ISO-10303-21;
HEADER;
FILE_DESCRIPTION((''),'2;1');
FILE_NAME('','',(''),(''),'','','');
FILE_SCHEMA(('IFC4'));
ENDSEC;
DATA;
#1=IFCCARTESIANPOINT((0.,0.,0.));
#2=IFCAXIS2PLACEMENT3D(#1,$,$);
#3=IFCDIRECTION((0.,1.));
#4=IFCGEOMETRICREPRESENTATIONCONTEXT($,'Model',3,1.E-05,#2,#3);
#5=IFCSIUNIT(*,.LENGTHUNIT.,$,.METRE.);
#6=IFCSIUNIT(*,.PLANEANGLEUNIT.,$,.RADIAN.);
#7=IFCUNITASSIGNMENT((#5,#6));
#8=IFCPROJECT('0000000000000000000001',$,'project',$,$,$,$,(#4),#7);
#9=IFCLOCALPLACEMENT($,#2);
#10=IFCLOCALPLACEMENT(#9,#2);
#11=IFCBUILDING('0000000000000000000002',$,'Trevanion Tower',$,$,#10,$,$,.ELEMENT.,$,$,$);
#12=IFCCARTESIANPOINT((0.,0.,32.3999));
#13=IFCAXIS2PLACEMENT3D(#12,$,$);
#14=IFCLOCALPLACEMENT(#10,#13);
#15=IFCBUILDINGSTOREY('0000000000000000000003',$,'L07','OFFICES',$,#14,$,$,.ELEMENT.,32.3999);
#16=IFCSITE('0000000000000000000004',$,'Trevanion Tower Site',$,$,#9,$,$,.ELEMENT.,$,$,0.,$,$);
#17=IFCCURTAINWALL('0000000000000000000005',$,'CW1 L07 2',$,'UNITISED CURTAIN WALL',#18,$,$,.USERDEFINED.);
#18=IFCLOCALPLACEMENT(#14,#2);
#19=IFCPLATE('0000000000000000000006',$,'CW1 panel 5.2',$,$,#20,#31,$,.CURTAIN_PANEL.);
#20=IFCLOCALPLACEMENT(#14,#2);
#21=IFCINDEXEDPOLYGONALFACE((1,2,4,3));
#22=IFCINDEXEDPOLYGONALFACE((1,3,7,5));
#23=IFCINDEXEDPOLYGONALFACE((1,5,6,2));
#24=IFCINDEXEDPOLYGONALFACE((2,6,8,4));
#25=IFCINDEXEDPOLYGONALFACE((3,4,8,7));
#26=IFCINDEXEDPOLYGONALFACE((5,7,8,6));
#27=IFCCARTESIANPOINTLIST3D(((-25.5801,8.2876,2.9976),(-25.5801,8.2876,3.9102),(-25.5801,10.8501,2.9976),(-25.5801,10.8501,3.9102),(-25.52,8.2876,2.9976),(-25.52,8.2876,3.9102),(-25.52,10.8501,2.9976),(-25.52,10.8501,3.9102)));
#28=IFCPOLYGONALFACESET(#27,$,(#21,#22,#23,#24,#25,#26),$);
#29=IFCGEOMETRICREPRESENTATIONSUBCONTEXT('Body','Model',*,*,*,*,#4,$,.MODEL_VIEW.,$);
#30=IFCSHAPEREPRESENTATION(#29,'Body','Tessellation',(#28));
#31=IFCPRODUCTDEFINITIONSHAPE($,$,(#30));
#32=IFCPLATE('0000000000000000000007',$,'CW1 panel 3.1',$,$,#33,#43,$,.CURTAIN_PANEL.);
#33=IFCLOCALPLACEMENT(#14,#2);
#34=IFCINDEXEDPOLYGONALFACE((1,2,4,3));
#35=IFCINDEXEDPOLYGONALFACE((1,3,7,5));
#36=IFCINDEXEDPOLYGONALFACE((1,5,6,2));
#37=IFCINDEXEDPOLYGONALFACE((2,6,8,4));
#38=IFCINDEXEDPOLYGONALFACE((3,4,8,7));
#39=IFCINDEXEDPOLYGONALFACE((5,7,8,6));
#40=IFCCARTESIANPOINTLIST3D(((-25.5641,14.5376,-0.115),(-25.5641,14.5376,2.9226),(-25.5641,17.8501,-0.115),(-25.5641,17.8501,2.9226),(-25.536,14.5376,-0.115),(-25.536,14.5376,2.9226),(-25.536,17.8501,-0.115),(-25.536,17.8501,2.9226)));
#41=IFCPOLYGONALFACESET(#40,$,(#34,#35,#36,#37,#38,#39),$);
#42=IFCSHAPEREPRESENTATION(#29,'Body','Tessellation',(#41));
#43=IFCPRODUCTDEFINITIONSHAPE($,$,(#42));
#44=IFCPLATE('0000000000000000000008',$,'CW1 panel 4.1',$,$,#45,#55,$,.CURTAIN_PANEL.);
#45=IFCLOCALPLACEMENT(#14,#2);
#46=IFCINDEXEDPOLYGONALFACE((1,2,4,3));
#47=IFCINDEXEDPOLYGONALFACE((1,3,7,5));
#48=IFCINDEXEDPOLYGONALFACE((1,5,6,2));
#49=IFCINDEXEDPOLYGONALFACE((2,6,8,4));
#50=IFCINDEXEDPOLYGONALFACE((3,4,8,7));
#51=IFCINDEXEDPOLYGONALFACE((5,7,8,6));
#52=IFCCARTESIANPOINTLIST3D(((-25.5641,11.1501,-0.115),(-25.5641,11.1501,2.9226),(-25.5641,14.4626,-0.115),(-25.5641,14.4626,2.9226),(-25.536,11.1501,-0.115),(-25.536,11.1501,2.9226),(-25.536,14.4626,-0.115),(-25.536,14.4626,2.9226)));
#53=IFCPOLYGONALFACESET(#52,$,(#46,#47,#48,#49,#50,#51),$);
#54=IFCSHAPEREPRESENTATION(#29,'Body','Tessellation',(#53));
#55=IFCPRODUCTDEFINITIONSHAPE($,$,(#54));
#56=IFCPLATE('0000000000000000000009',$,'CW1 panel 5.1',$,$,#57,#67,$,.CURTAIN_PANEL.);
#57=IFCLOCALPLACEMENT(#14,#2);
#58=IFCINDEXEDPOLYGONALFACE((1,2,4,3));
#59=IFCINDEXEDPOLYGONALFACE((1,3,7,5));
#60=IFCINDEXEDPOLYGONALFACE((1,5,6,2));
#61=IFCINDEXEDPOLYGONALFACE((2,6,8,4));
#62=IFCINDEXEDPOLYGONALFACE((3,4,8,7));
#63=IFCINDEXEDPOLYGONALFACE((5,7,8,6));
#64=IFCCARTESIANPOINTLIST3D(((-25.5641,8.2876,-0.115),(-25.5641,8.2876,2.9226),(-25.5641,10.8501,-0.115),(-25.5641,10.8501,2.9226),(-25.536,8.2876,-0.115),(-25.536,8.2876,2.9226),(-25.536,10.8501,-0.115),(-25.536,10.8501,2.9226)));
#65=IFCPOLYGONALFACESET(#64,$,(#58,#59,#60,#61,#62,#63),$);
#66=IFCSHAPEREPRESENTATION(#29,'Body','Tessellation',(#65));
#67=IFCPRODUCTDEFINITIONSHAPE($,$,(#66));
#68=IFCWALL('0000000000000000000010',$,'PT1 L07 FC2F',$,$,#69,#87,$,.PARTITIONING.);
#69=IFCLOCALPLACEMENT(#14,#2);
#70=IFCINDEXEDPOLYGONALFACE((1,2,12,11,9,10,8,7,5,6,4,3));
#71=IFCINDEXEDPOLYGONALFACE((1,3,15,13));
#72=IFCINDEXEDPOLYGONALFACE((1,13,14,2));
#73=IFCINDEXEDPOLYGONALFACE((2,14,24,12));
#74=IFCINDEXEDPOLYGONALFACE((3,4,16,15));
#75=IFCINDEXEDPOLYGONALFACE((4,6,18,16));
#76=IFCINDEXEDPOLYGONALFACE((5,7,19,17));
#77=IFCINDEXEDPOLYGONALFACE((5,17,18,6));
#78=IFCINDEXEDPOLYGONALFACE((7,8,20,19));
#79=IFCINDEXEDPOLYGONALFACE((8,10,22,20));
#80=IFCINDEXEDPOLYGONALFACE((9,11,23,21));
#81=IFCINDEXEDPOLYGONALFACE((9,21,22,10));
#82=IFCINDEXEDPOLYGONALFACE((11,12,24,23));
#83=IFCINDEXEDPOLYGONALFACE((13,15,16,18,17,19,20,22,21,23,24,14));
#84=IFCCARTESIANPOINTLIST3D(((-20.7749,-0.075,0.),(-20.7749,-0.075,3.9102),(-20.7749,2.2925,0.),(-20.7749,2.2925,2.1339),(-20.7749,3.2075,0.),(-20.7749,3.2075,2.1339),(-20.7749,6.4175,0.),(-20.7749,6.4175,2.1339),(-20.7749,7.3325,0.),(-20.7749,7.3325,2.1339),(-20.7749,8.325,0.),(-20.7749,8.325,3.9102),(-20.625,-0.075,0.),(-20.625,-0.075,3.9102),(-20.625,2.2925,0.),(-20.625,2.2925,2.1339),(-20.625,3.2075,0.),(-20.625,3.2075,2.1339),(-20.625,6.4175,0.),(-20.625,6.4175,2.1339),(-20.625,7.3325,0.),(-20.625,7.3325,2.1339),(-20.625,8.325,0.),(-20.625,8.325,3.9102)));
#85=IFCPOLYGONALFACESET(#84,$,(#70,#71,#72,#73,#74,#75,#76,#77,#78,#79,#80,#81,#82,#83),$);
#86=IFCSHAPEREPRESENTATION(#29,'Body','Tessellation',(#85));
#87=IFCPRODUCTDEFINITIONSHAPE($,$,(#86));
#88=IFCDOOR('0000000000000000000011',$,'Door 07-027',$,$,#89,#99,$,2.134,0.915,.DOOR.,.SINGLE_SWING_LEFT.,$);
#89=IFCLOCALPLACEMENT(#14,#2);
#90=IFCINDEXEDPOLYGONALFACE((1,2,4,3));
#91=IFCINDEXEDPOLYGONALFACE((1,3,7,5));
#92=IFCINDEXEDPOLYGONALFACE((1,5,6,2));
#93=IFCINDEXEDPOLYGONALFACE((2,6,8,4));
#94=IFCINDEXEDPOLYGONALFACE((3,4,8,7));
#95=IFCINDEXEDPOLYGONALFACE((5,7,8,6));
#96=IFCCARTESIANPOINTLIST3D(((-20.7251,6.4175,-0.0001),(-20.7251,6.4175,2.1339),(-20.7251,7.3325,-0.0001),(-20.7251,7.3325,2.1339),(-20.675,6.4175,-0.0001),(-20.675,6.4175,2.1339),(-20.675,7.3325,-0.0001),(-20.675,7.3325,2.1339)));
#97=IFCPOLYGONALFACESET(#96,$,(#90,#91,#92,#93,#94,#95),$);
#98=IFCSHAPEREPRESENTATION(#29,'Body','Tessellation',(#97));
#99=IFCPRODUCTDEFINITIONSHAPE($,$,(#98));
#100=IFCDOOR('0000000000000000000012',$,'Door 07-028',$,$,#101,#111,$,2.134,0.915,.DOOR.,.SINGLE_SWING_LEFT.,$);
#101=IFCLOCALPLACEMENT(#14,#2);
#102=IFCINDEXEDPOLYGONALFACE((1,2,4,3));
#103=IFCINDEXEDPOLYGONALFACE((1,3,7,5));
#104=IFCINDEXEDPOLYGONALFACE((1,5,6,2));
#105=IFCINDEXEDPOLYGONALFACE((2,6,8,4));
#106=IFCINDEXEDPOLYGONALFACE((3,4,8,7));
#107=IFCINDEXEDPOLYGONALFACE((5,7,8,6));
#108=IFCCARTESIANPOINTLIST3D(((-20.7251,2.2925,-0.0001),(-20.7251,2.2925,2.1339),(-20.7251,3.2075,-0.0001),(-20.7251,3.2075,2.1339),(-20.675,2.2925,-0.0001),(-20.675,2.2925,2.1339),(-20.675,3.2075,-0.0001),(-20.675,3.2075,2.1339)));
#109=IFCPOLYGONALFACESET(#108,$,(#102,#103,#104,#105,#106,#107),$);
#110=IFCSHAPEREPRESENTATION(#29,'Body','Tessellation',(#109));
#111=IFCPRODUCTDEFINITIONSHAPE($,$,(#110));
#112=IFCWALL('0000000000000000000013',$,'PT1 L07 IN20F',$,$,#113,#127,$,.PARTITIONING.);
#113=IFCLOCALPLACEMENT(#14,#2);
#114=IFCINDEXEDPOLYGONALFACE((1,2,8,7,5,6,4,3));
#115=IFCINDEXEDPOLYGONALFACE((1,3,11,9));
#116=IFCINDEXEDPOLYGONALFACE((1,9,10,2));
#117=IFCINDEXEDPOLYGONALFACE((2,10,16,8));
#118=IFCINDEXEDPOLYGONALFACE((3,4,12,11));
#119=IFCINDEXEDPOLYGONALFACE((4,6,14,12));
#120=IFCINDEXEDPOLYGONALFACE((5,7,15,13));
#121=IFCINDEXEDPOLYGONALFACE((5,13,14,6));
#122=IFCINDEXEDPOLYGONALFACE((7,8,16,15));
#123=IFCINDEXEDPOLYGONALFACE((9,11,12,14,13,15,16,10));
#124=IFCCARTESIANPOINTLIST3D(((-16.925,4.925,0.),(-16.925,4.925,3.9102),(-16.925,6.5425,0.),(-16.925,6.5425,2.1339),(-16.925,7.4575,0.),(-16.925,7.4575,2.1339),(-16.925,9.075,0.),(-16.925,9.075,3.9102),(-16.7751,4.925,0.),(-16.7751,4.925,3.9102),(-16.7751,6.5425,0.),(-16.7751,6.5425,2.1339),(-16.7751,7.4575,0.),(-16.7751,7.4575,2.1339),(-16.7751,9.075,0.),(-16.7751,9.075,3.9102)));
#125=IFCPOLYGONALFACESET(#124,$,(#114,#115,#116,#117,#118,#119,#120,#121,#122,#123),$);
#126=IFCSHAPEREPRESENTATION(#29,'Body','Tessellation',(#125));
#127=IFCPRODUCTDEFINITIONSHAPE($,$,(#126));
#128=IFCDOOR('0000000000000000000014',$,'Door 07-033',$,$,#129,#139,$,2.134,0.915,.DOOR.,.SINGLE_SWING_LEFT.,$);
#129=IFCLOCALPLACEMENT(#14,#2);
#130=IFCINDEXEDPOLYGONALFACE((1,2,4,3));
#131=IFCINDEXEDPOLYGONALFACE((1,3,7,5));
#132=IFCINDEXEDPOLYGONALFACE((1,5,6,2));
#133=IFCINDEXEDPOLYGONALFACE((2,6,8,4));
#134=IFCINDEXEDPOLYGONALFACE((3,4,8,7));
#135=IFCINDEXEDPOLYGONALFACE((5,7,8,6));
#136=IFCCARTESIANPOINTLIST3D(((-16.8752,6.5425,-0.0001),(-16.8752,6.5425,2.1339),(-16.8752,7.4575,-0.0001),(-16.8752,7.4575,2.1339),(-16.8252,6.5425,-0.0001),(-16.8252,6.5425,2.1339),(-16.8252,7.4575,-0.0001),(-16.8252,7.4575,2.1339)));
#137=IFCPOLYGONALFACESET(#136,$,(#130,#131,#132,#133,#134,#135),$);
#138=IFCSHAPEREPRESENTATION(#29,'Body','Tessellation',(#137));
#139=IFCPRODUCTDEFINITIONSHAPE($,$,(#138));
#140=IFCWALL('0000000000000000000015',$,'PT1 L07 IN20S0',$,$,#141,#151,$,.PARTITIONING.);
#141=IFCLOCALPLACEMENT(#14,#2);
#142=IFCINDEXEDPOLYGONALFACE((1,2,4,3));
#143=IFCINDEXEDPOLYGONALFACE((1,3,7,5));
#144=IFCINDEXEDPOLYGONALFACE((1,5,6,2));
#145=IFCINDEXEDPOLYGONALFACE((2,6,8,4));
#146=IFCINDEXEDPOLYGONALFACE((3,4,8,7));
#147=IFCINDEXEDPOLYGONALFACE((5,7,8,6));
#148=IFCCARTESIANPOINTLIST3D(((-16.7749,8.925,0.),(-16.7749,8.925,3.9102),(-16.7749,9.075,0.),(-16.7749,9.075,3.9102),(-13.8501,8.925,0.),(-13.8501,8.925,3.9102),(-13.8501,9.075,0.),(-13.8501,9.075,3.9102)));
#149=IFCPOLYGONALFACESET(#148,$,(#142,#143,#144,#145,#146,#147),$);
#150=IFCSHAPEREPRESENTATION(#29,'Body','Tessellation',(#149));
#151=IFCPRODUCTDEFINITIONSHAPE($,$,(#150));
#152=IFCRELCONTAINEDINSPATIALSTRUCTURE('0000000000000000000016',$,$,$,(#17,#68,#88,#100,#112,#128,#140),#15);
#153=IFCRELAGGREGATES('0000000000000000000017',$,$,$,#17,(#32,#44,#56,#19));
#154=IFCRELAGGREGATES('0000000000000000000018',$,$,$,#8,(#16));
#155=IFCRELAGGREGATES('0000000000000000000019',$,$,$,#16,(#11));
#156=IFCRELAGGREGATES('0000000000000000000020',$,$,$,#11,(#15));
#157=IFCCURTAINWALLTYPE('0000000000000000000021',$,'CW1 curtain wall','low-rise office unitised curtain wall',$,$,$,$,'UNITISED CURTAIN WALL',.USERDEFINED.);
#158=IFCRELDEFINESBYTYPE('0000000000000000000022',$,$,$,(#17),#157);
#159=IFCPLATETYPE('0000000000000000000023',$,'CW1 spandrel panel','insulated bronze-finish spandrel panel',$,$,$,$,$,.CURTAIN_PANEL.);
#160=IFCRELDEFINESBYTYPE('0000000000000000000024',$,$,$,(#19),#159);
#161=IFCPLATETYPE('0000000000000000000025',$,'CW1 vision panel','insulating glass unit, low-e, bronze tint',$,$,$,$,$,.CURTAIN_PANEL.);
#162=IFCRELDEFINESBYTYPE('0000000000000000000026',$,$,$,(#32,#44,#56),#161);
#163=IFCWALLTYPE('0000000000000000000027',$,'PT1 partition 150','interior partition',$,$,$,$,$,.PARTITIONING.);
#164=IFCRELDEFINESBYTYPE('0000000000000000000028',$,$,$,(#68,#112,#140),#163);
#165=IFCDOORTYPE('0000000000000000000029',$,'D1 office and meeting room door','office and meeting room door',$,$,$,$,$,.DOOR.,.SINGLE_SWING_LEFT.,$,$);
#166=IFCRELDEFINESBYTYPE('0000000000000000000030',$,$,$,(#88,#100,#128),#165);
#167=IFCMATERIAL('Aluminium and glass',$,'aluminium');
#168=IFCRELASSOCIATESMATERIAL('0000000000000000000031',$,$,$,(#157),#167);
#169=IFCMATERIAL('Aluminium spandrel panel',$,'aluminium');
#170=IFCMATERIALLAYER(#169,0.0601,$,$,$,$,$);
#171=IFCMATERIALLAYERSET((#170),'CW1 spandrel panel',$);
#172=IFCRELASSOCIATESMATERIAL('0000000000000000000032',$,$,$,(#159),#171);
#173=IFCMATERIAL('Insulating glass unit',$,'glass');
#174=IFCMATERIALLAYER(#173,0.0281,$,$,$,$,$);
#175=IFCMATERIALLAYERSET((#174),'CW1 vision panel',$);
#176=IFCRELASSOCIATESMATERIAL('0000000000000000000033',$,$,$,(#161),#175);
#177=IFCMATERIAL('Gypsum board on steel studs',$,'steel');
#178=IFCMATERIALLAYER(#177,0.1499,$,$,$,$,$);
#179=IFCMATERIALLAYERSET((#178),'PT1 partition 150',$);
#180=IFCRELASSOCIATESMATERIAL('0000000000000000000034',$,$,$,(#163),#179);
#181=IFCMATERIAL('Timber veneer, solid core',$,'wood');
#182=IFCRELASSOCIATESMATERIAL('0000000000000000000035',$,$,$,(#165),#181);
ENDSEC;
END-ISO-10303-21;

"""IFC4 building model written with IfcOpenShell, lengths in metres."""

from ifc_helpers import new_model, si_unit, direction, frame, frame_2d, origin, origin_2d, place, context, subcontext, project, spatial, rectangle, extrude, material, layer, layer_set, type_object, element, fill, aggregate, save


model = new_model("IFC4")

# Units and contexts
model_context = context("Model", 3, precision=1e-05, world=origin(), true_north=direction((0.0, 1.0)))
body_context = subcontext(model_context, "Body", "Model", "MODEL_VIEW")
ifc_project = project(units=[si_unit("LENGTHUNIT", "METRE"), si_unit("PLANEANGLEUNIT", "RADIAN")], contexts=[model_context])

# Site, building, storey
site_placement = place(None, origin())
site = spatial("IfcSite", under=ifc_project, at=site_placement, Name="Trevanion Tower Site", CompositionType="ELEMENT", RefElevation=0.0)
building_placement = place(site_placement, origin())
building = spatial("IfcBuilding", under=site, at=building_placement, Name="Trevanion Tower", CompositionType="ELEMENT")
storey_placement = place(building_placement, frame((0.0, 0.0, 32.3999)))
storey = spatial("IfcBuildingStorey", under=building, at=storey_placement, Name="L07", Description="OFFICES", CompositionType="ELEMENT", Elevation=32.3999)

# Curtain wall
ifc_material_1 = material(Name="Aluminium and glass", Category="aluminium")
curtain_wall_type = type_object("IfcCurtainWallType", Name="CW1 curtain wall", Description="low-rise office unitised curtain wall", ElementType="UNITISED CURTAIN WALL", PredefinedType="USERDEFINED", material=ifc_material_1)
curtain_wall_placement = place(storey_placement, origin())
curtain_wall = element("IfcCurtainWall", 1, at=curtain_wall_placement, inside=storey, type_object=curtain_wall_type, Name="CW1 L07 2", ObjectType="UNITISED CURTAIN WALL", PredefinedType="USERDEFINED")

# Plates
ifc_material_2 = material(Name="Aluminium spandrel panel", Category="aluminium")
ifc_layer_1 = layer(ifc_material_2, 0.0601)
ifc_layer_set_1 = layer_set([ifc_layer_1], Name="CW1 spandrel panel")
plate_type_1 = type_object("IfcPlateType", Name="CW1 spandrel panel", Description="insulated bronze-finish spandrel panel", PredefinedType="CURTAIN_PANEL", material=ifc_layer_set_1)
plate_1_placement = place(storey_placement, frame((-25.55, 9.5688, 2.9976), z_axis=(0.0, 0.0, 1.0), x_axis=(0.0, -1.0, 0.0)))
plate_1 = element("IfcPlate", 2, at=plate_1_placement, type_object=plate_type_1, Name="CW1 panel 5.2", PredefinedType="CURTAIN_PANEL", context=body_context, shape_type="SweptSolid", body=[
    extrude(rectangle(XDim=2.5625, YDim=0.0601, at=origin_2d()), origin(), (0.0, 0.0, 1.0), 0.9126),
])
ifc_material_3 = material(Name="Insulating glass unit", Category="glass")
ifc_layer_2 = layer(ifc_material_3, 0.0281)
ifc_layer_set_2 = layer_set([ifc_layer_2], Name="CW1 vision panel")
plate_type_2 = type_object("IfcPlateType", Name="CW1 vision panel", Description="insulating glass unit, low-e, bronze tint", PredefinedType="CURTAIN_PANEL", material=ifc_layer_set_2)
plate_2_placement = place(storey_placement, frame((-25.55, 16.1938, -0.115), z_axis=(0.0, 0.0, 1.0), x_axis=(0.0, -1.0, 0.0)))
plate_2 = element("IfcPlate", 3, at=plate_2_placement, type_object=plate_type_2, Name="CW1 panel 3.1", PredefinedType="CURTAIN_PANEL", context=body_context, shape_type="SweptSolid", body=[
    extrude(rectangle(XDim=3.3125, YDim=0.0281, at=origin_2d()), origin(), (0.0, 0.0, 1.0), 3.0376),
])
plate_3_placement = place(storey_placement, frame((-25.55, 12.8064, -0.115), z_axis=(0.0, 0.0, 1.0), x_axis=(0.0, -1.0, 0.0)))
plate_3 = element("IfcPlate", 4, at=plate_3_placement, type_object=plate_type_2, Name="CW1 panel 4.1", PredefinedType="CURTAIN_PANEL", context=body_context, shape_type="SweptSolid", body=[
    extrude(rectangle(XDim=3.3125, YDim=0.0281, at=origin_2d()), origin(), (0.0, 0.0, 1.0), 3.0376),
])
plate_4_placement = place(storey_placement, frame((-25.55, 9.5688, -0.115), z_axis=(0.0, 0.0, 1.0), x_axis=(0.0, -1.0, 0.0)))
plate_4 = element("IfcPlate", 5, at=plate_4_placement, type_object=plate_type_2, Name="CW1 panel 5.1", PredefinedType="CURTAIN_PANEL", context=body_context, shape_type="SweptSolid", body=[
    extrude(rectangle(XDim=2.5625, YDim=0.0281, at=origin_2d()), origin(), (0.0, 0.0, 1.0), 3.0376),
])
aggregate(curtain_wall, [plate_2, plate_3, plate_4, plate_1])

# Wall, openings, doors
ifc_material_4 = material(Name="Gypsum board on steel studs", Category="steel")
ifc_layer_3 = layer(ifc_material_4, 0.1499)
ifc_layer_set_3 = layer_set([ifc_layer_3], Name="PT1 partition 150")
wall_type = type_object("IfcWallType", Name="PT1 partition 150", Description="interior partition", PredefinedType="PARTITIONING", material=ifc_layer_set_3)
wall_1_placement = place(storey_placement, frame((-20.7, 8.325, 0.0), z_axis=(0.0, 0.0, 1.0), x_axis=(0.0, -1.0, 0.0)))
wall_1 = element("IfcWall", 6, at=wall_1_placement, inside=storey, type_object=wall_type, Name="PT1 L07 FC2F", PredefinedType="PARTITIONING", context=body_context, shape_type="SweptSolid", body=[
    extrude(rectangle(XDim=8.3999, YDim=0.1499, at=frame_2d((4.2, 0.0))), origin(), (0.0, 0.0, 1.0), 3.9102),
])
opening_1_placement = place(wall_1_placement, frame((0.9924, 0.0, 0.0)))
opening_1 = element("IfcOpeningElement", 7, at=opening_1_placement, cuts=wall_1, PredefinedType="OPENING", context=body_context, shape_type="SweptSolid", body=[
    extrude(rectangle(XDim=0.915, YDim=2.134, at=frame_2d((0.4575, 1.0669))), frame((0.0, 0.085, 0.0), z_axis=(0.0, -1.0, 0.0), x_axis=(1.0, 0.0, 0.0)), (0.0, 0.0, 1.0), 0.1699),
])
opening_2_placement = place(wall_1_placement, frame((5.1174, 0.0, 0.0)))
opening_2 = element("IfcOpeningElement", 8, at=opening_2_placement, cuts=wall_1, PredefinedType="OPENING", context=body_context, shape_type="SweptSolid", body=[
    extrude(rectangle(XDim=0.915, YDim=2.134, at=frame_2d((0.4575, 1.0669))), frame((0.0, 0.085, 0.0), z_axis=(0.0, -1.0, 0.0), x_axis=(1.0, 0.0, 0.0)), (0.0, 0.0, 1.0), 0.1699),
])
ifc_material_5 = material(Name="Timber veneer, solid core", Category="wood")
door_type = type_object("IfcDoorType", Name="D1 office and meeting room door", Description="office and meeting room door", OperationType="SINGLE_SWING_LEFT", PredefinedType="DOOR", material=ifc_material_5)
door_1_placement = place(opening_1_placement, origin())
door_1 = element("IfcDoor", 9, at=door_1_placement, inside=storey, type_object=door_type, Name="Door 07-027", OperationType="SINGLE_SWING_LEFT", OverallHeight=2.134, OverallWidth=0.915, PredefinedType="DOOR", context=body_context, shape_type="SweptSolid", body=[
    extrude(rectangle(XDim=0.915, YDim=2.134, at=frame_2d((0.4575, 1.0669))), frame((0.0, 0.0249, 0.0), z_axis=(0.0, -1.0, 0.0), x_axis=(1.0, 0.0, 0.0)), (0.0, 0.0, 1.0), 0.05),
])
fill(opening_1, door_1)
door_2_placement = place(opening_2_placement, origin())
door_2 = element("IfcDoor", 10, at=door_2_placement, inside=storey, type_object=door_type, Name="Door 07-028", OperationType="SINGLE_SWING_LEFT", OverallHeight=2.134, OverallWidth=0.915, PredefinedType="DOOR", context=body_context, shape_type="SweptSolid", body=[
    extrude(rectangle(XDim=0.915, YDim=2.134, at=frame_2d((0.4575, 1.0669))), frame((0.0, 0.0249, 0.0), z_axis=(0.0, -1.0, 0.0), x_axis=(1.0, 0.0, 0.0)), (0.0, 0.0, 1.0), 0.05),
])
fill(opening_2, door_2)

# Wall, opening, door
wall_2_placement = place(storey_placement, frame((-16.8501, 9.075, 0.0), z_axis=(0.0, 0.0, 1.0), x_axis=(0.0, -1.0, 0.0)))
wall_2 = element("IfcWall", 11, at=wall_2_placement, inside=storey, type_object=wall_type, Name="PT1 L07 IN20F", PredefinedType="PARTITIONING", context=body_context, shape_type="SweptSolid", body=[
    extrude(rectangle(XDim=4.1499, YDim=0.1499, at=frame_2d((2.075, 0.0))), origin(), (0.0, 0.0, 1.0), 3.9102),
])
opening_3_placement = place(wall_2_placement, frame((1.6174, 0.0, 0.0)))
opening_3 = element("IfcOpeningElement", 12, at=opening_3_placement, cuts=wall_2, PredefinedType="OPENING", context=body_context, shape_type="SweptSolid", body=[
    extrude(rectangle(XDim=0.915, YDim=2.134, at=frame_2d((0.4575, 1.0669))), frame((0.0, 0.085, 0.0), z_axis=(0.0, -1.0, 0.0), x_axis=(1.0, 0.0, 0.0)), (0.0, 0.0, 1.0), 0.1699),
])
door_3_placement = place(opening_3_placement, origin())
door_3 = element("IfcDoor", 13, at=door_3_placement, inside=storey, type_object=door_type, Name="Door 07-033", OperationType="SINGLE_SWING_LEFT", OverallHeight=2.134, OverallWidth=0.915, PredefinedType="DOOR", context=body_context, shape_type="SweptSolid", body=[
    extrude(rectangle(XDim=0.915, YDim=2.134, at=frame_2d((0.4575, 1.0669))), frame((0.0, 0.0249, 0.0), z_axis=(0.0, -1.0, 0.0), x_axis=(1.0, 0.0, 0.0)), (0.0, 0.0, 1.0), 0.05),
])
fill(opening_3, door_3)

# Wall
wall_3_placement = place(storey_placement, frame((-16.7749, 9.0, 0.0), z_axis=(0.0, 0.0, 1.0), x_axis=(1.0, 0.0, 0.0)))
element("IfcWall", 14, at=wall_3_placement, inside=storey, type_object=wall_type, Name="PT1 L07 IN20S0", PredefinedType="PARTITIONING", context=body_context, shape_type="SweptSolid", body=[
    extrude(rectangle(XDim=2.9248, YDim=0.1499, at=frame_2d((1.4624, 0.0))), origin(), (0.0, 0.0, 1.0), 3.9102),
])

save(model, "model.ifc")
